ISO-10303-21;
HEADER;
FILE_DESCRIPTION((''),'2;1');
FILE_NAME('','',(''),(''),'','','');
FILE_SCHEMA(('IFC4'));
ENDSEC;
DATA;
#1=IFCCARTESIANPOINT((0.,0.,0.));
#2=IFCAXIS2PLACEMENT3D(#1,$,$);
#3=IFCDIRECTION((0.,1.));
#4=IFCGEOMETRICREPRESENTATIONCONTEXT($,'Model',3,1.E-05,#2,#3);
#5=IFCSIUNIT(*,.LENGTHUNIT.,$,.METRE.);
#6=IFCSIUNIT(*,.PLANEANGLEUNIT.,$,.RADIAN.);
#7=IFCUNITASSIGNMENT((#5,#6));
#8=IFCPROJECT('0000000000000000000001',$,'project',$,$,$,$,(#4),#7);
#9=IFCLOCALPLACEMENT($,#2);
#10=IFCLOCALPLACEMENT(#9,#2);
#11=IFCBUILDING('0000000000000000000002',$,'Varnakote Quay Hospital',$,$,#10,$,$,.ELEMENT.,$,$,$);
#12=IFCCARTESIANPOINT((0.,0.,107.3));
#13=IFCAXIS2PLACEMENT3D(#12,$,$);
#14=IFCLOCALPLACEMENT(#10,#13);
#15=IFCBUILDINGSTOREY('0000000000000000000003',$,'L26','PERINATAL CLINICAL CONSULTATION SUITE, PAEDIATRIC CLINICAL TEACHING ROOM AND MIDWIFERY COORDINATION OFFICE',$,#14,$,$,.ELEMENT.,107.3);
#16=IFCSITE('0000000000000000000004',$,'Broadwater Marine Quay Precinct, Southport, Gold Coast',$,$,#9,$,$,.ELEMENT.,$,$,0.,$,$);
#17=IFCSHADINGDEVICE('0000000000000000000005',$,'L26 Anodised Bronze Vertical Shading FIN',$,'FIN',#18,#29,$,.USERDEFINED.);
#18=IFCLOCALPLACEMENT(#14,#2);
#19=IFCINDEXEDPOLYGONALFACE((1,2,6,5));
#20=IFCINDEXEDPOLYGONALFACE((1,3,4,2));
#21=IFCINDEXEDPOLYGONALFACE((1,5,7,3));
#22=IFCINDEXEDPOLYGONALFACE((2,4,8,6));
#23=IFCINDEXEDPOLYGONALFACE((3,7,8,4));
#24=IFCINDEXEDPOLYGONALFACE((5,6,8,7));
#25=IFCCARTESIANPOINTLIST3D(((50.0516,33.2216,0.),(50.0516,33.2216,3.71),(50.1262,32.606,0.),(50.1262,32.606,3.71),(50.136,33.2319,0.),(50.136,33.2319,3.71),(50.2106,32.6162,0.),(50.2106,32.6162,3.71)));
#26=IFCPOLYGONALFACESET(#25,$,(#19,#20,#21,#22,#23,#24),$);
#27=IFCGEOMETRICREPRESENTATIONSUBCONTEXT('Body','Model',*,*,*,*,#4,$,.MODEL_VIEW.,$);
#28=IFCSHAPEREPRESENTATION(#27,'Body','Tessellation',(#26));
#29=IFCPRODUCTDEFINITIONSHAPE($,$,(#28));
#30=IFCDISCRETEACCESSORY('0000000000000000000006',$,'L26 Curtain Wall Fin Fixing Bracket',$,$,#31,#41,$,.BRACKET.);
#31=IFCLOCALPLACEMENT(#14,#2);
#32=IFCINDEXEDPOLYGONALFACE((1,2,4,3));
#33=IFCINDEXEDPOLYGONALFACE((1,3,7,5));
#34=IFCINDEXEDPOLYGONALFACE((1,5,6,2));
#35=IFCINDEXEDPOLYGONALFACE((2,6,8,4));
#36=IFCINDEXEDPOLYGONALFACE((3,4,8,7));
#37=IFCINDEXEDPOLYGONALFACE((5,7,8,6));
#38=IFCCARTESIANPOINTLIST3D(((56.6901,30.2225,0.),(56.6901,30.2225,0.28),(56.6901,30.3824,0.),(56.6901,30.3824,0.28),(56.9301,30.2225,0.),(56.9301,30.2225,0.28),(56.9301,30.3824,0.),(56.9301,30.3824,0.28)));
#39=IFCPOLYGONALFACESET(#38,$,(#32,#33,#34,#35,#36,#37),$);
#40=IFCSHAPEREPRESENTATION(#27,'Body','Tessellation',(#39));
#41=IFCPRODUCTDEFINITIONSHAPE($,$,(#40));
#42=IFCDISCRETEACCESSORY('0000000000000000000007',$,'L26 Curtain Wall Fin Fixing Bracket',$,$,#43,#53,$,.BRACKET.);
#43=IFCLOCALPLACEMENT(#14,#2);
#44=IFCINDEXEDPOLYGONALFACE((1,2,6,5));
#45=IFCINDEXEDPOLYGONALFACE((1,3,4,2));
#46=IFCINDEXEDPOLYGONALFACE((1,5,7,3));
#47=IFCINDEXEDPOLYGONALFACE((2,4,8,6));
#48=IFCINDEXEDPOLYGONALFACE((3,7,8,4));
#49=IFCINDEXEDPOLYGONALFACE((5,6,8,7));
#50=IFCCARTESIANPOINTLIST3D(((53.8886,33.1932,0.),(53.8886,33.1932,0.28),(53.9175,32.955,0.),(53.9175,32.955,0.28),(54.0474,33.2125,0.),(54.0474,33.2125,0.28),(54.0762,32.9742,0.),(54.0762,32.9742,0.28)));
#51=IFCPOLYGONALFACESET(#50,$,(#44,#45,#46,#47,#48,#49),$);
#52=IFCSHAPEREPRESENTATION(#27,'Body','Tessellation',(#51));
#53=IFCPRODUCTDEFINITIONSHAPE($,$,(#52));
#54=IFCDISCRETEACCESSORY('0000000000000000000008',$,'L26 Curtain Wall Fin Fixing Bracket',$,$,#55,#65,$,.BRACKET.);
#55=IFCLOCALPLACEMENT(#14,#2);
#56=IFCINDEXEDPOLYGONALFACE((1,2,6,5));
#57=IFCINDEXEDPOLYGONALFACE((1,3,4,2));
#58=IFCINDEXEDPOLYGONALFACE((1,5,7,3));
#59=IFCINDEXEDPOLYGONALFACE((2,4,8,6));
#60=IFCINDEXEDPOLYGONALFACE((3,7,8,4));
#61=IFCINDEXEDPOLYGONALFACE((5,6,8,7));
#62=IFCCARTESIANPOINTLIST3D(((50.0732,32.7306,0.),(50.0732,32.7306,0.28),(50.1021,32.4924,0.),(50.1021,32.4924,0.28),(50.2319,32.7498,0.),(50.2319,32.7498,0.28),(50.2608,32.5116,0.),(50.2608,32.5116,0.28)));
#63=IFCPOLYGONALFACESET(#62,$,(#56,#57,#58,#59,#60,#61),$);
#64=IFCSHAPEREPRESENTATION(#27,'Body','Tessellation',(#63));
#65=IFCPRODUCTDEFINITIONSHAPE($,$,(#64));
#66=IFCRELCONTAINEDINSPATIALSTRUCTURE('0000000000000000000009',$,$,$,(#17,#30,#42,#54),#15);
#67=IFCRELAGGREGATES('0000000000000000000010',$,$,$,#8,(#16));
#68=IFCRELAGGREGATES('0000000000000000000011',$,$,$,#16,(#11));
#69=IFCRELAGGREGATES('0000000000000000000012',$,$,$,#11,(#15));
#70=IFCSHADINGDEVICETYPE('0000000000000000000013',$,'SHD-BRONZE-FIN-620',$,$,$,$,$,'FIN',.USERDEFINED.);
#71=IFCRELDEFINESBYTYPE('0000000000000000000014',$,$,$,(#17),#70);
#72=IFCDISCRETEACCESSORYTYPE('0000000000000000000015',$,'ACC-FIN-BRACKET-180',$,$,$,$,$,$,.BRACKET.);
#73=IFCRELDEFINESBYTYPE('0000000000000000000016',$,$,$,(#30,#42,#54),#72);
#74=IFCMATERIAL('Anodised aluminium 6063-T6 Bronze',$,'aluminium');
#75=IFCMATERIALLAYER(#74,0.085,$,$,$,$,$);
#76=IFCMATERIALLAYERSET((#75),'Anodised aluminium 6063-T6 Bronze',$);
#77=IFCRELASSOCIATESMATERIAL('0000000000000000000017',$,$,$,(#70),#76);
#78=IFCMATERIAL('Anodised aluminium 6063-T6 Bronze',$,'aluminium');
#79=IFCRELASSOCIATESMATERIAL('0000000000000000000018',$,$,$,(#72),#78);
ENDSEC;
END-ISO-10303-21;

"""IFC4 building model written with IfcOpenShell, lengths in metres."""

from ifc_helpers import new_model, si_unit, direction, frame, origin, origin_2d, place, context, subcontext, project, spatial, rectangle, extrude, material, layer, layer_set, type_object, element, save


model = new_model("IFC4")

# Units and contexts
model_context = context("Model", 3, precision=1e-05, world=origin(), true_north=direction((0.0, 1.0)))
body_context = subcontext(model_context, "Body", "Model", "MODEL_VIEW")
ifc_project = project(units=[si_unit("LENGTHUNIT", "METRE"), si_unit("PLANEANGLEUNIT", "RADIAN")], contexts=[model_context])

# Site, building, storey
site_placement = place(None, origin())
site = spatial("IfcSite", under=ifc_project, at=site_placement, Name="Broadwater Marine Quay Precinct, Southport, Gold Coast", CompositionType="ELEMENT", RefElevation=0.0)
building_placement = place(site_placement, origin())
building = spatial("IfcBuilding", under=site, at=building_placement, Name="Varnakote Quay Hospital", CompositionType="ELEMENT")
storey_placement = place(building_placement, frame((0.0, 0.0, 107.3)))
storey = spatial("IfcBuildingStorey", under=building, at=storey_placement, Name="L26", Description="PERINATAL CLINICAL CONSULTATION SUITE, PAEDIATRIC CLINICAL TEACHING ROOM AND MIDWIFERY COORDINATION OFFICE", CompositionType="ELEMENT", Elevation=107.3)

# Shading device
ifc_material_1 = material(Name="Anodised aluminium 6063-T6 Bronze", Category="aluminium")
ifc_layer_1 = layer(ifc_material_1, 0.085)
ifc_layer_set_1 = layer_set([ifc_layer_1], Name="Anodised aluminium 6063-T6 Bronze")
shading_device_type = type_object("IfcShadingDeviceType", Name="SHD-BRONZE-FIN-620", ElementType="FIN", PredefinedType="USERDEFINED", material=ifc_layer_set_1)
for number, where, z_axis, x_axis, name in (
    (1, (50.1311, 32.9189, 0.0), (0.0, 0.0, 1.0), (0.12031, -0.992736, 0.0), "L26 Anodised Bronze Vertical Shading FIN"),
):
    element("IfcShadingDevice", number, at=place(storey_placement, frame(where, z_axis=z_axis, x_axis=x_axis)), inside=storey, type_object=shading_device_type, Name=name, ObjectType="FIN", PredefinedType="USERDEFINED", context=body_context, shape_type="SweptSolid", body=[
        extrude(rectangle(XDim=0.6201, YDim=0.085, at=origin_2d()), origin(), (0.0, 0.0, 1.0), 3.71),
    ])

# Discrete accessories
ifc_material_2 = material(Name="Anodised aluminium 6063-T6 Bronze", Category="aluminium")
discrete_accessory_type = type_object("IfcDiscreteAccessoryType", Name="ACC-FIN-BRACKET-180", PredefinedType="BRACKET", material=ifc_material_2)
for number, where, z_axis, x_axis, name in (
    (2, (56.8101, 30.3025, 0.0), (0.0, 0.0, 1.0), (0.0, 1.0, 0.0), "L26 Curtain Wall Fin Fixing Bracket"),
    (3, (53.9824, 33.0837, 0.0), (0.0, 0.0, 1.0), (-0.992736, -0.12031, 0.0), "L26 Curtain Wall Fin Fixing Bracket"),
    (4, (50.167, 32.6211, 0.0), (0.0, 0.0, 1.0), (-0.992736, -0.12031, 0.0), "L26 Curtain Wall Fin Fixing Bracket"),
):
    element("IfcDiscreteAccessory", number, at=place(storey_placement, frame(where, z_axis=z_axis, x_axis=x_axis)), inside=storey, type_object=discrete_accessory_type, Name=name, PredefinedType="BRACKET", context=body_context, shape_type="SweptSolid", body=[
        extrude(rectangle(XDim=0.1599, YDim=0.24, at=origin_2d()), origin(), (0.0, 0.0, 1.0), 0.28),
    ])

save(model, "model.ifc")
